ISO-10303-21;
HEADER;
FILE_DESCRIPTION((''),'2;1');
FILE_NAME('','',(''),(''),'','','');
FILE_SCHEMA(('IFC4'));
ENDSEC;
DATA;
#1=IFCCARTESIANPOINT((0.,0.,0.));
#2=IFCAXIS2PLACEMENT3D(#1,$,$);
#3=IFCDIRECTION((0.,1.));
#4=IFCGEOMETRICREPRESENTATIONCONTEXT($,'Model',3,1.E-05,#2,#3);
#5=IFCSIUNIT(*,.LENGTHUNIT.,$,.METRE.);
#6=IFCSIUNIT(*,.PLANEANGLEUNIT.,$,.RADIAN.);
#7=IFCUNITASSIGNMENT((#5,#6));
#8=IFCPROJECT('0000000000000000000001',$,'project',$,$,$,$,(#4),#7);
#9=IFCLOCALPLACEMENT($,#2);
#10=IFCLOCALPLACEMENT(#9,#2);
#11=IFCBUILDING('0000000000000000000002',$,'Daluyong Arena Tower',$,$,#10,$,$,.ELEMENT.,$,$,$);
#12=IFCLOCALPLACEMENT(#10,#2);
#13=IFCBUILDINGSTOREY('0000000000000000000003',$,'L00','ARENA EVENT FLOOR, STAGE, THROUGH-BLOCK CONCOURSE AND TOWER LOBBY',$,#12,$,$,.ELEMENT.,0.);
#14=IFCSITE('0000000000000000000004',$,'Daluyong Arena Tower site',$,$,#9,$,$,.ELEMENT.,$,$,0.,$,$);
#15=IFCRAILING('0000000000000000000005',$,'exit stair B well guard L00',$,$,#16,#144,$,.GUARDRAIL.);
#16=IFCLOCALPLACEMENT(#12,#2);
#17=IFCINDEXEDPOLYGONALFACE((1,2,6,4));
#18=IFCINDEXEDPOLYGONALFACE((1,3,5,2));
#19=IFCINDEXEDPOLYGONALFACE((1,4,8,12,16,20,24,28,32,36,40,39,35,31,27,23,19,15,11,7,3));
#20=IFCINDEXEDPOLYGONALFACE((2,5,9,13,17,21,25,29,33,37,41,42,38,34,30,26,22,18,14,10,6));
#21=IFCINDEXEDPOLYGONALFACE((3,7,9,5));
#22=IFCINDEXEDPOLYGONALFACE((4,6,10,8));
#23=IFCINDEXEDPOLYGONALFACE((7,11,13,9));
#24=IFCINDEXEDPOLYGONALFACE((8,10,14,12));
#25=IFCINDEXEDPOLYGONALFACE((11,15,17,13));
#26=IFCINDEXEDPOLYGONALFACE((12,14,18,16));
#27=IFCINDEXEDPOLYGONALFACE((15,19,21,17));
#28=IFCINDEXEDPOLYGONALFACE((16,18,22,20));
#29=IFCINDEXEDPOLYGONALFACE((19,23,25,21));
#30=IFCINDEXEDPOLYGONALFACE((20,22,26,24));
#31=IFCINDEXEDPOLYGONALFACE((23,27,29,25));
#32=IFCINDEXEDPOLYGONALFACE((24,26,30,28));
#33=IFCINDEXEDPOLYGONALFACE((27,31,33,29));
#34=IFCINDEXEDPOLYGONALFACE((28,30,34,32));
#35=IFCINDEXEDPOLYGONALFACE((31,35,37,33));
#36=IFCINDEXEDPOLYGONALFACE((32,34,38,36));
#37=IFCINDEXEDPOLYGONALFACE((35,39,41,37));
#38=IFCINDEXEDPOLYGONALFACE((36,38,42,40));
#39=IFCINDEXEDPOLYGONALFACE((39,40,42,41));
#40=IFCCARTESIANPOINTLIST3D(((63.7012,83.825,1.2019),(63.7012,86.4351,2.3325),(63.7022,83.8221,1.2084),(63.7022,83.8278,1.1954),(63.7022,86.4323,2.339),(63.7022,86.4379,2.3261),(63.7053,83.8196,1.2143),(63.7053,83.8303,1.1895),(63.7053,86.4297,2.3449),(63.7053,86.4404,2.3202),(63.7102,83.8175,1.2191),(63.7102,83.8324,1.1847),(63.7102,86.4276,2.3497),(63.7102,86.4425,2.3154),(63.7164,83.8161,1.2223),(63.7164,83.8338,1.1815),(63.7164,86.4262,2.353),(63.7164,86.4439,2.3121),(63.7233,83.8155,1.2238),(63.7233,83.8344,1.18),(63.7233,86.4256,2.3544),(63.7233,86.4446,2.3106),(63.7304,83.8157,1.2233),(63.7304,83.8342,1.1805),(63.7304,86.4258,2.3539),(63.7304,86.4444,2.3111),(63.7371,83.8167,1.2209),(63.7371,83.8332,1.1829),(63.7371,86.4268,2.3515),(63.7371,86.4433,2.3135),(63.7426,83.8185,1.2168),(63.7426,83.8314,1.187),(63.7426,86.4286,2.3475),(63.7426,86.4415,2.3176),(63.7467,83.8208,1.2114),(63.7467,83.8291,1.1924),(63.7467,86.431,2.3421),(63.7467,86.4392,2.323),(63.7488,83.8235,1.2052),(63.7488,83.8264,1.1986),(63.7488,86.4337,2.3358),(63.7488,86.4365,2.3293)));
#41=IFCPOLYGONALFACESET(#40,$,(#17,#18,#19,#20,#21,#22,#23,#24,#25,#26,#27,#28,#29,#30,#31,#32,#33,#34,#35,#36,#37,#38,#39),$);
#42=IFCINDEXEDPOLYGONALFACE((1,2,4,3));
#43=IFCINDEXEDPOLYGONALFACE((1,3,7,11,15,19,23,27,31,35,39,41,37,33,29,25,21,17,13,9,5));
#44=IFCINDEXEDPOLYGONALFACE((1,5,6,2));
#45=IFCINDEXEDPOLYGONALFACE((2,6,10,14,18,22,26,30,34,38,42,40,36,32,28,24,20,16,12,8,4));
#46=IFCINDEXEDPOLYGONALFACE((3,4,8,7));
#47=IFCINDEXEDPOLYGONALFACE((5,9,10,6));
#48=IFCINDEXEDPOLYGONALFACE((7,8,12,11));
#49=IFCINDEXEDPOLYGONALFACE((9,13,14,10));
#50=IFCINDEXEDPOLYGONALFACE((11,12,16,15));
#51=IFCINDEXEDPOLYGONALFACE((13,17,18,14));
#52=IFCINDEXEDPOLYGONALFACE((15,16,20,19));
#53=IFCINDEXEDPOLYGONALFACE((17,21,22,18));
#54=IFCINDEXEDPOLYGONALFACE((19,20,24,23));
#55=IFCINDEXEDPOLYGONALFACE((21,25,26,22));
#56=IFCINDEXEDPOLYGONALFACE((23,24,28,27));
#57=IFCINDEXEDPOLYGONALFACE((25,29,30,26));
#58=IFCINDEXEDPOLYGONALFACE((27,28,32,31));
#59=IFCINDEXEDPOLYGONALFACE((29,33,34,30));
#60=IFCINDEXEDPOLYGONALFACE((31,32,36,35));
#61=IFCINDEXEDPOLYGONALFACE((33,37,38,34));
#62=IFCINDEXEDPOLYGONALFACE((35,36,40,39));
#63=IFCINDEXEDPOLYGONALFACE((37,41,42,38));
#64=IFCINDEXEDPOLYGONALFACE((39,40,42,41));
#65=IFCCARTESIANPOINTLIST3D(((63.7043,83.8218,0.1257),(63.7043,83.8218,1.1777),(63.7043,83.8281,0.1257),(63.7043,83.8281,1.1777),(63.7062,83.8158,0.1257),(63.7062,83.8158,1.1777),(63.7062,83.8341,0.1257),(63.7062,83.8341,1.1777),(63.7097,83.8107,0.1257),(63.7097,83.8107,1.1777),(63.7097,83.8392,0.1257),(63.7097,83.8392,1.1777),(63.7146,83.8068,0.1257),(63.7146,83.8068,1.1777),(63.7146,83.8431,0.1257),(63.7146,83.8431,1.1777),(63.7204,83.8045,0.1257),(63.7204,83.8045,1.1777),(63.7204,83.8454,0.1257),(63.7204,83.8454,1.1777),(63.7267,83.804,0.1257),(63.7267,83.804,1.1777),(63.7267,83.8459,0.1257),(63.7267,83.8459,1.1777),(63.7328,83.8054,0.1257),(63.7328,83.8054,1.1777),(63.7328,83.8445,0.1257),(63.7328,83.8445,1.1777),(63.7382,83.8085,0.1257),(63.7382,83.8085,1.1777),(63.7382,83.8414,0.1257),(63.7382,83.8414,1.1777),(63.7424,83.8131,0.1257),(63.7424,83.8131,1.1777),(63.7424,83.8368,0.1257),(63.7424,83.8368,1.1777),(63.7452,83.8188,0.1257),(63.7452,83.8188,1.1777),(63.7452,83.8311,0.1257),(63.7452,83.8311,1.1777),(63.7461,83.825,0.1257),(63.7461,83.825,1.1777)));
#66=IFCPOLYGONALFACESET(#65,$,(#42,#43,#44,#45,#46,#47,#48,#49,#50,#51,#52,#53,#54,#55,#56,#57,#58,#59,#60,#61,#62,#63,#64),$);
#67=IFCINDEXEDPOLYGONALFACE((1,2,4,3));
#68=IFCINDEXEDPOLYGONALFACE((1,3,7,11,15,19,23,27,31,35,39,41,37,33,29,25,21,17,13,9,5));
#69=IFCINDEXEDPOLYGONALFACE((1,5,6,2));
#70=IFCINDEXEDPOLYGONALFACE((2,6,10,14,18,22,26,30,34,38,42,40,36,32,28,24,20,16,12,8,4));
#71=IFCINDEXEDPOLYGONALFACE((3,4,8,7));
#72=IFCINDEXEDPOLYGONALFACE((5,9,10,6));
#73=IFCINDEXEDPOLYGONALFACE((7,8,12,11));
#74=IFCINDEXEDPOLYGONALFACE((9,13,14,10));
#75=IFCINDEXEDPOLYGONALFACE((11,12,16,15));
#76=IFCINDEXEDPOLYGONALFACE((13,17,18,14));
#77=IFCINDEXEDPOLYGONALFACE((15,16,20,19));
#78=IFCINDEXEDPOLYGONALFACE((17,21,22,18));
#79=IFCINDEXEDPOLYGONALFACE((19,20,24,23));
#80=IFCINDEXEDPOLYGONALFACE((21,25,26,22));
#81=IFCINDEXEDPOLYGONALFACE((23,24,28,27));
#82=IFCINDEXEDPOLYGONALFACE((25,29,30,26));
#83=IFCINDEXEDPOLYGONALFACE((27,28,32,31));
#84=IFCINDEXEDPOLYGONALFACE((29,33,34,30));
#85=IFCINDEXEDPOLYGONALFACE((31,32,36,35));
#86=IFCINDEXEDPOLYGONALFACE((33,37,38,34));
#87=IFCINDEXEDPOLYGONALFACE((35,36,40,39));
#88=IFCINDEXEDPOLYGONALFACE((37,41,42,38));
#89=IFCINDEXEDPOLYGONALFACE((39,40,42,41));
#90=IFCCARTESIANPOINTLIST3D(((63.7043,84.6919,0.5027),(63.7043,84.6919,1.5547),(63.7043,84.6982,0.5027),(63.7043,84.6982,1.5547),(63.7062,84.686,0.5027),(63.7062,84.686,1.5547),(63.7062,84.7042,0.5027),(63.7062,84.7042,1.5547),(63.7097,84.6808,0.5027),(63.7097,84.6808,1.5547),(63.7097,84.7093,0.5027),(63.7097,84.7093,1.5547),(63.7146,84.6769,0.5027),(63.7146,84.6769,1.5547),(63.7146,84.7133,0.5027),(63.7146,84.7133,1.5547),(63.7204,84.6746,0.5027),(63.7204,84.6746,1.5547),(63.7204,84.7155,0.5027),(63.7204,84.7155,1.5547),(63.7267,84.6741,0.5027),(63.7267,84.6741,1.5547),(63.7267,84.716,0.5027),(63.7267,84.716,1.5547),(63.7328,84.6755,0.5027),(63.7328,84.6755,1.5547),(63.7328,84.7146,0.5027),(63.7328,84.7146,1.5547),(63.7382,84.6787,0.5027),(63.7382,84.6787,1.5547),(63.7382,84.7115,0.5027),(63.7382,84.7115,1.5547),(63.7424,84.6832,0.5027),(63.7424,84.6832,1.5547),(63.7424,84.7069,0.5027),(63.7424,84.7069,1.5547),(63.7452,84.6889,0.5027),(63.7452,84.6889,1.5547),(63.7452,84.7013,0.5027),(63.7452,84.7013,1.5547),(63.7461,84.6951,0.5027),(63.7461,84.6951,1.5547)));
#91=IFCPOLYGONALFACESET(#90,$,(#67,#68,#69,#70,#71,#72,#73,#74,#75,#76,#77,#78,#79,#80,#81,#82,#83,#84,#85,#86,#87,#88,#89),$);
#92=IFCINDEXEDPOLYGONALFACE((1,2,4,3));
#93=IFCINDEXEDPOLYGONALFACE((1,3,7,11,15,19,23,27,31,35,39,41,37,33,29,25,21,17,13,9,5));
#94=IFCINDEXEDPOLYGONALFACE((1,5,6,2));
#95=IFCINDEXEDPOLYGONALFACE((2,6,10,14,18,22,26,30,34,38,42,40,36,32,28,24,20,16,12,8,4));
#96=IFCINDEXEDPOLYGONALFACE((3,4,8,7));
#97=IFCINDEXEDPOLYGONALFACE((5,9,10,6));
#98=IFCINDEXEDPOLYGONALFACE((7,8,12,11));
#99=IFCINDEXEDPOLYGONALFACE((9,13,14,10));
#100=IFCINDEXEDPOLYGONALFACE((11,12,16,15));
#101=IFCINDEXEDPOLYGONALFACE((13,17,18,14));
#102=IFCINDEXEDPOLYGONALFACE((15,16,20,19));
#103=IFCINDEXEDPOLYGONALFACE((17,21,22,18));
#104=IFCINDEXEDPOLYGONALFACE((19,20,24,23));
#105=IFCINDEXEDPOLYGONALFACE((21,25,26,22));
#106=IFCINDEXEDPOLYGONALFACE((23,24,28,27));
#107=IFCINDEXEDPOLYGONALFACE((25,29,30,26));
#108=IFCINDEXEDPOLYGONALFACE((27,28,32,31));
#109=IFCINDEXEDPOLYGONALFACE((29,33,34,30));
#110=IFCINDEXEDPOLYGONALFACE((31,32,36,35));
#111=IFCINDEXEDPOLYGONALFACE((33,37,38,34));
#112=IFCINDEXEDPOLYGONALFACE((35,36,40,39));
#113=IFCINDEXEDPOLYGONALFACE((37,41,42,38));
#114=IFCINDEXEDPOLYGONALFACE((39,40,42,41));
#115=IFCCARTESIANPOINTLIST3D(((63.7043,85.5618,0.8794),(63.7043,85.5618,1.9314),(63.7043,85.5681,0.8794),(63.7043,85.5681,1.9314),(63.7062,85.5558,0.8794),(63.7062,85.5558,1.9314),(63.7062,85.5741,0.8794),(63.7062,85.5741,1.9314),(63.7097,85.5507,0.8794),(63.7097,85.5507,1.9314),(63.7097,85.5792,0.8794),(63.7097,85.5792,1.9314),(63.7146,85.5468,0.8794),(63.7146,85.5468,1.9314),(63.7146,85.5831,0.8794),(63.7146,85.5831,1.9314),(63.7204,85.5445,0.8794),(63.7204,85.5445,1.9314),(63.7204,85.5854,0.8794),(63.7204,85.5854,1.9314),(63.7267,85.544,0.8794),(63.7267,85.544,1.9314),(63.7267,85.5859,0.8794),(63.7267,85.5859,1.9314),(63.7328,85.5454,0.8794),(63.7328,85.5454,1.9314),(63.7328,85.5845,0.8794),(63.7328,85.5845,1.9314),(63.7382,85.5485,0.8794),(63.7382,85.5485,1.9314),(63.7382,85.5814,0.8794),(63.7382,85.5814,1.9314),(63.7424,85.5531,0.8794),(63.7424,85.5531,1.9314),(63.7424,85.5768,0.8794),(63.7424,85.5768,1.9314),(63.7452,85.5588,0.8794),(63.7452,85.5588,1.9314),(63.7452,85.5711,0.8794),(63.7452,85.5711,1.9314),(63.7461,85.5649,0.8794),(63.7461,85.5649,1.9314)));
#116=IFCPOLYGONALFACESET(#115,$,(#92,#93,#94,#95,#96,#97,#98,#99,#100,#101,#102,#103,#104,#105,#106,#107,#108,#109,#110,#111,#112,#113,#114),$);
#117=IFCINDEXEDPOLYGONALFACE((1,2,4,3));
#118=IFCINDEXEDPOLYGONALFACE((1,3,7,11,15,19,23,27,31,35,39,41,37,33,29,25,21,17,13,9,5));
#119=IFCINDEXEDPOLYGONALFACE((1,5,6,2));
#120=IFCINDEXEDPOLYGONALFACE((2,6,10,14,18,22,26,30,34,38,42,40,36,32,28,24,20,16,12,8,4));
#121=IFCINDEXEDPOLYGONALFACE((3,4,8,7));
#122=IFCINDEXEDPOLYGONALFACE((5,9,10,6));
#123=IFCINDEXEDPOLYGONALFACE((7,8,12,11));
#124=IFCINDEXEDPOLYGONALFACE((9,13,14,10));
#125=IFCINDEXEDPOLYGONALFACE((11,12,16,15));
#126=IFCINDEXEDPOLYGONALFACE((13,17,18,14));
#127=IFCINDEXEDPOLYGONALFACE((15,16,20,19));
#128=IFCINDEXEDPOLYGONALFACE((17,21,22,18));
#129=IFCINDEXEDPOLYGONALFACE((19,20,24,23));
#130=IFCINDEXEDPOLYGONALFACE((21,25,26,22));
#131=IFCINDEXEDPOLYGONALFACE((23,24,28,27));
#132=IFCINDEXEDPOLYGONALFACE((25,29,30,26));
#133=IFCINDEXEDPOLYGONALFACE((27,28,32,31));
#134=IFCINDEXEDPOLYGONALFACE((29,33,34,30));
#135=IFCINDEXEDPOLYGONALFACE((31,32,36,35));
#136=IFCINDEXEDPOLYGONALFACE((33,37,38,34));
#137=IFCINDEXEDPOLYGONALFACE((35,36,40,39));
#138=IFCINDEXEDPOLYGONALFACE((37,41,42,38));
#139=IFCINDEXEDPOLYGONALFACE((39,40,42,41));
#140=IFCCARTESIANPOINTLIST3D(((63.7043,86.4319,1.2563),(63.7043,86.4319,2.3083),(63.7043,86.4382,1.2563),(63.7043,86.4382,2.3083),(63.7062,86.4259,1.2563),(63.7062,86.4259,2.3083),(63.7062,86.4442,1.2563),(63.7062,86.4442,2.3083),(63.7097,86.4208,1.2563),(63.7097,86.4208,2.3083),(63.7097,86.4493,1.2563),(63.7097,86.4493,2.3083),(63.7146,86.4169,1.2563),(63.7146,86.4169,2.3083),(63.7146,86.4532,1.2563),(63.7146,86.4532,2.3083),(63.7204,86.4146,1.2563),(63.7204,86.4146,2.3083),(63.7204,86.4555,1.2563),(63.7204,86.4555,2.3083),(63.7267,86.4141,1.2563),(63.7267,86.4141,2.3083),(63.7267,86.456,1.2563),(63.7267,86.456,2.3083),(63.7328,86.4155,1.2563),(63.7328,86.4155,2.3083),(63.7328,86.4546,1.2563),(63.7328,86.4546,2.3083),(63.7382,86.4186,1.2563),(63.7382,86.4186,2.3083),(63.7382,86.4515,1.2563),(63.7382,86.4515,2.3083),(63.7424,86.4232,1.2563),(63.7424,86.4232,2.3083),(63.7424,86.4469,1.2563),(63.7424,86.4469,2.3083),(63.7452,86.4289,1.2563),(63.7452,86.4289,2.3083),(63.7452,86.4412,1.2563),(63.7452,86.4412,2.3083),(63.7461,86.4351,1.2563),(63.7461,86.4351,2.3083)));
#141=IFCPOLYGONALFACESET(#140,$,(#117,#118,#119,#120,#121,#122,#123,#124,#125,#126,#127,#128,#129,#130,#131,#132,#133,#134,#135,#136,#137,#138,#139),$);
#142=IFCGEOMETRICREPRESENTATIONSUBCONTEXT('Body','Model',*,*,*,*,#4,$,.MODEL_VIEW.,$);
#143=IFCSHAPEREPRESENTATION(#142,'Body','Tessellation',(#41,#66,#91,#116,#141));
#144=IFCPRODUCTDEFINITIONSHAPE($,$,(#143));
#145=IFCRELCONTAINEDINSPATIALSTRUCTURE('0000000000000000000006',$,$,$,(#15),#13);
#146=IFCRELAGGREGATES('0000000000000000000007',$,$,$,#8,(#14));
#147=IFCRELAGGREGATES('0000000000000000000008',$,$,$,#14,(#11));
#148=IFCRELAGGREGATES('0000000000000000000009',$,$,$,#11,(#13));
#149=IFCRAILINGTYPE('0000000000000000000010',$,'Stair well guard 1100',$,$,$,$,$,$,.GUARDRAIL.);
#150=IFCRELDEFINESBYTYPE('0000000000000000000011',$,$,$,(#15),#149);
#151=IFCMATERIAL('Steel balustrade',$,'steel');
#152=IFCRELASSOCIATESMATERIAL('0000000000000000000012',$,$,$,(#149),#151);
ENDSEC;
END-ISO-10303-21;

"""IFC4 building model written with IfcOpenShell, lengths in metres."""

from ifc_helpers import new_model, si_unit, direction, frame, origin, origin_2d, place, context, subcontext, project, spatial, circle, extrude, material, type_object, element, save


model = new_model("IFC4")

# Units and contexts
model_context = context("Model", 3, precision=1e-05, world=origin(), true_north=direction((0.0, 1.0)))
body_context = subcontext(model_context, "Body", "Model", "MODEL_VIEW")
ifc_project = project(units=[si_unit("LENGTHUNIT", "METRE"), si_unit("PLANEANGLEUNIT", "RADIAN")], contexts=[model_context])

# Site, building, storey
site_placement = place(None, origin())
site = spatial("IfcSite", under=ifc_project, at=site_placement, Name="Daluyong Arena Tower site", CompositionType="ELEMENT", RefElevation=0.0)
building_placement = place(site_placement, origin())
building = spatial("IfcBuilding", under=site, at=building_placement, Name="Daluyong Arena Tower", CompositionType="ELEMENT")
storey_placement = place(building_placement, origin())
storey = spatial("IfcBuildingStorey", under=building, at=storey_placement, Name="L00", Description="ARENA EVENT FLOOR, STAGE, THROUGH-BLOCK CONCOURSE AND TOWER LOBBY", CompositionType="ELEMENT", Elevation=0.0)

# Railing
ifc_material_1 = material(Name="Steel balustrade", Category="steel")
railing_type_1 = type_object("IfcRailingType", Name="Stair well guard 1100", PredefinedType="GUARDRAIL", material=ifc_material_1)
railing_1_placement = place(storey_placement, frame((63.7251, 83.825, 0.1257)))
element("IfcRailing", 1, at=railing_1_placement, inside=storey, type_object=railing_type_1, Name="exit stair B well guard L00", PredefinedType="GUARDRAIL", context=body_context, shape_type="SweptSolid", body=[
    extrude(circle(Radius=0.0239, at=origin_2d()), frame((0.0, 0.0, 1.0762), z_axis=(0.0, 0.917611, 0.39748), x_axis=(-1.0, 0.0, 0.0)), (0.0, 0.0, 1.0), 2.8445),
    extrude(circle(Radius=0.021, at=origin_2d()), origin(), (0.0, 0.0, 1.0), 1.052),
    extrude(circle(Radius=0.021, at=origin_2d()), frame((0.0, 0.8701, 0.377)), (0.0, 0.0, 1.0), 1.052),
    extrude(circle(Radius=0.021, at=origin_2d()), frame((0.0, 1.74, 0.7537)), (0.0, 0.0, 1.0), 1.052),
    extrude(circle(Radius=0.021, at=origin_2d()), frame((0.0, 2.6101, 1.1306)), (0.0, 0.0, 1.0), 1.052),
])

save(model, "model.ifc")
